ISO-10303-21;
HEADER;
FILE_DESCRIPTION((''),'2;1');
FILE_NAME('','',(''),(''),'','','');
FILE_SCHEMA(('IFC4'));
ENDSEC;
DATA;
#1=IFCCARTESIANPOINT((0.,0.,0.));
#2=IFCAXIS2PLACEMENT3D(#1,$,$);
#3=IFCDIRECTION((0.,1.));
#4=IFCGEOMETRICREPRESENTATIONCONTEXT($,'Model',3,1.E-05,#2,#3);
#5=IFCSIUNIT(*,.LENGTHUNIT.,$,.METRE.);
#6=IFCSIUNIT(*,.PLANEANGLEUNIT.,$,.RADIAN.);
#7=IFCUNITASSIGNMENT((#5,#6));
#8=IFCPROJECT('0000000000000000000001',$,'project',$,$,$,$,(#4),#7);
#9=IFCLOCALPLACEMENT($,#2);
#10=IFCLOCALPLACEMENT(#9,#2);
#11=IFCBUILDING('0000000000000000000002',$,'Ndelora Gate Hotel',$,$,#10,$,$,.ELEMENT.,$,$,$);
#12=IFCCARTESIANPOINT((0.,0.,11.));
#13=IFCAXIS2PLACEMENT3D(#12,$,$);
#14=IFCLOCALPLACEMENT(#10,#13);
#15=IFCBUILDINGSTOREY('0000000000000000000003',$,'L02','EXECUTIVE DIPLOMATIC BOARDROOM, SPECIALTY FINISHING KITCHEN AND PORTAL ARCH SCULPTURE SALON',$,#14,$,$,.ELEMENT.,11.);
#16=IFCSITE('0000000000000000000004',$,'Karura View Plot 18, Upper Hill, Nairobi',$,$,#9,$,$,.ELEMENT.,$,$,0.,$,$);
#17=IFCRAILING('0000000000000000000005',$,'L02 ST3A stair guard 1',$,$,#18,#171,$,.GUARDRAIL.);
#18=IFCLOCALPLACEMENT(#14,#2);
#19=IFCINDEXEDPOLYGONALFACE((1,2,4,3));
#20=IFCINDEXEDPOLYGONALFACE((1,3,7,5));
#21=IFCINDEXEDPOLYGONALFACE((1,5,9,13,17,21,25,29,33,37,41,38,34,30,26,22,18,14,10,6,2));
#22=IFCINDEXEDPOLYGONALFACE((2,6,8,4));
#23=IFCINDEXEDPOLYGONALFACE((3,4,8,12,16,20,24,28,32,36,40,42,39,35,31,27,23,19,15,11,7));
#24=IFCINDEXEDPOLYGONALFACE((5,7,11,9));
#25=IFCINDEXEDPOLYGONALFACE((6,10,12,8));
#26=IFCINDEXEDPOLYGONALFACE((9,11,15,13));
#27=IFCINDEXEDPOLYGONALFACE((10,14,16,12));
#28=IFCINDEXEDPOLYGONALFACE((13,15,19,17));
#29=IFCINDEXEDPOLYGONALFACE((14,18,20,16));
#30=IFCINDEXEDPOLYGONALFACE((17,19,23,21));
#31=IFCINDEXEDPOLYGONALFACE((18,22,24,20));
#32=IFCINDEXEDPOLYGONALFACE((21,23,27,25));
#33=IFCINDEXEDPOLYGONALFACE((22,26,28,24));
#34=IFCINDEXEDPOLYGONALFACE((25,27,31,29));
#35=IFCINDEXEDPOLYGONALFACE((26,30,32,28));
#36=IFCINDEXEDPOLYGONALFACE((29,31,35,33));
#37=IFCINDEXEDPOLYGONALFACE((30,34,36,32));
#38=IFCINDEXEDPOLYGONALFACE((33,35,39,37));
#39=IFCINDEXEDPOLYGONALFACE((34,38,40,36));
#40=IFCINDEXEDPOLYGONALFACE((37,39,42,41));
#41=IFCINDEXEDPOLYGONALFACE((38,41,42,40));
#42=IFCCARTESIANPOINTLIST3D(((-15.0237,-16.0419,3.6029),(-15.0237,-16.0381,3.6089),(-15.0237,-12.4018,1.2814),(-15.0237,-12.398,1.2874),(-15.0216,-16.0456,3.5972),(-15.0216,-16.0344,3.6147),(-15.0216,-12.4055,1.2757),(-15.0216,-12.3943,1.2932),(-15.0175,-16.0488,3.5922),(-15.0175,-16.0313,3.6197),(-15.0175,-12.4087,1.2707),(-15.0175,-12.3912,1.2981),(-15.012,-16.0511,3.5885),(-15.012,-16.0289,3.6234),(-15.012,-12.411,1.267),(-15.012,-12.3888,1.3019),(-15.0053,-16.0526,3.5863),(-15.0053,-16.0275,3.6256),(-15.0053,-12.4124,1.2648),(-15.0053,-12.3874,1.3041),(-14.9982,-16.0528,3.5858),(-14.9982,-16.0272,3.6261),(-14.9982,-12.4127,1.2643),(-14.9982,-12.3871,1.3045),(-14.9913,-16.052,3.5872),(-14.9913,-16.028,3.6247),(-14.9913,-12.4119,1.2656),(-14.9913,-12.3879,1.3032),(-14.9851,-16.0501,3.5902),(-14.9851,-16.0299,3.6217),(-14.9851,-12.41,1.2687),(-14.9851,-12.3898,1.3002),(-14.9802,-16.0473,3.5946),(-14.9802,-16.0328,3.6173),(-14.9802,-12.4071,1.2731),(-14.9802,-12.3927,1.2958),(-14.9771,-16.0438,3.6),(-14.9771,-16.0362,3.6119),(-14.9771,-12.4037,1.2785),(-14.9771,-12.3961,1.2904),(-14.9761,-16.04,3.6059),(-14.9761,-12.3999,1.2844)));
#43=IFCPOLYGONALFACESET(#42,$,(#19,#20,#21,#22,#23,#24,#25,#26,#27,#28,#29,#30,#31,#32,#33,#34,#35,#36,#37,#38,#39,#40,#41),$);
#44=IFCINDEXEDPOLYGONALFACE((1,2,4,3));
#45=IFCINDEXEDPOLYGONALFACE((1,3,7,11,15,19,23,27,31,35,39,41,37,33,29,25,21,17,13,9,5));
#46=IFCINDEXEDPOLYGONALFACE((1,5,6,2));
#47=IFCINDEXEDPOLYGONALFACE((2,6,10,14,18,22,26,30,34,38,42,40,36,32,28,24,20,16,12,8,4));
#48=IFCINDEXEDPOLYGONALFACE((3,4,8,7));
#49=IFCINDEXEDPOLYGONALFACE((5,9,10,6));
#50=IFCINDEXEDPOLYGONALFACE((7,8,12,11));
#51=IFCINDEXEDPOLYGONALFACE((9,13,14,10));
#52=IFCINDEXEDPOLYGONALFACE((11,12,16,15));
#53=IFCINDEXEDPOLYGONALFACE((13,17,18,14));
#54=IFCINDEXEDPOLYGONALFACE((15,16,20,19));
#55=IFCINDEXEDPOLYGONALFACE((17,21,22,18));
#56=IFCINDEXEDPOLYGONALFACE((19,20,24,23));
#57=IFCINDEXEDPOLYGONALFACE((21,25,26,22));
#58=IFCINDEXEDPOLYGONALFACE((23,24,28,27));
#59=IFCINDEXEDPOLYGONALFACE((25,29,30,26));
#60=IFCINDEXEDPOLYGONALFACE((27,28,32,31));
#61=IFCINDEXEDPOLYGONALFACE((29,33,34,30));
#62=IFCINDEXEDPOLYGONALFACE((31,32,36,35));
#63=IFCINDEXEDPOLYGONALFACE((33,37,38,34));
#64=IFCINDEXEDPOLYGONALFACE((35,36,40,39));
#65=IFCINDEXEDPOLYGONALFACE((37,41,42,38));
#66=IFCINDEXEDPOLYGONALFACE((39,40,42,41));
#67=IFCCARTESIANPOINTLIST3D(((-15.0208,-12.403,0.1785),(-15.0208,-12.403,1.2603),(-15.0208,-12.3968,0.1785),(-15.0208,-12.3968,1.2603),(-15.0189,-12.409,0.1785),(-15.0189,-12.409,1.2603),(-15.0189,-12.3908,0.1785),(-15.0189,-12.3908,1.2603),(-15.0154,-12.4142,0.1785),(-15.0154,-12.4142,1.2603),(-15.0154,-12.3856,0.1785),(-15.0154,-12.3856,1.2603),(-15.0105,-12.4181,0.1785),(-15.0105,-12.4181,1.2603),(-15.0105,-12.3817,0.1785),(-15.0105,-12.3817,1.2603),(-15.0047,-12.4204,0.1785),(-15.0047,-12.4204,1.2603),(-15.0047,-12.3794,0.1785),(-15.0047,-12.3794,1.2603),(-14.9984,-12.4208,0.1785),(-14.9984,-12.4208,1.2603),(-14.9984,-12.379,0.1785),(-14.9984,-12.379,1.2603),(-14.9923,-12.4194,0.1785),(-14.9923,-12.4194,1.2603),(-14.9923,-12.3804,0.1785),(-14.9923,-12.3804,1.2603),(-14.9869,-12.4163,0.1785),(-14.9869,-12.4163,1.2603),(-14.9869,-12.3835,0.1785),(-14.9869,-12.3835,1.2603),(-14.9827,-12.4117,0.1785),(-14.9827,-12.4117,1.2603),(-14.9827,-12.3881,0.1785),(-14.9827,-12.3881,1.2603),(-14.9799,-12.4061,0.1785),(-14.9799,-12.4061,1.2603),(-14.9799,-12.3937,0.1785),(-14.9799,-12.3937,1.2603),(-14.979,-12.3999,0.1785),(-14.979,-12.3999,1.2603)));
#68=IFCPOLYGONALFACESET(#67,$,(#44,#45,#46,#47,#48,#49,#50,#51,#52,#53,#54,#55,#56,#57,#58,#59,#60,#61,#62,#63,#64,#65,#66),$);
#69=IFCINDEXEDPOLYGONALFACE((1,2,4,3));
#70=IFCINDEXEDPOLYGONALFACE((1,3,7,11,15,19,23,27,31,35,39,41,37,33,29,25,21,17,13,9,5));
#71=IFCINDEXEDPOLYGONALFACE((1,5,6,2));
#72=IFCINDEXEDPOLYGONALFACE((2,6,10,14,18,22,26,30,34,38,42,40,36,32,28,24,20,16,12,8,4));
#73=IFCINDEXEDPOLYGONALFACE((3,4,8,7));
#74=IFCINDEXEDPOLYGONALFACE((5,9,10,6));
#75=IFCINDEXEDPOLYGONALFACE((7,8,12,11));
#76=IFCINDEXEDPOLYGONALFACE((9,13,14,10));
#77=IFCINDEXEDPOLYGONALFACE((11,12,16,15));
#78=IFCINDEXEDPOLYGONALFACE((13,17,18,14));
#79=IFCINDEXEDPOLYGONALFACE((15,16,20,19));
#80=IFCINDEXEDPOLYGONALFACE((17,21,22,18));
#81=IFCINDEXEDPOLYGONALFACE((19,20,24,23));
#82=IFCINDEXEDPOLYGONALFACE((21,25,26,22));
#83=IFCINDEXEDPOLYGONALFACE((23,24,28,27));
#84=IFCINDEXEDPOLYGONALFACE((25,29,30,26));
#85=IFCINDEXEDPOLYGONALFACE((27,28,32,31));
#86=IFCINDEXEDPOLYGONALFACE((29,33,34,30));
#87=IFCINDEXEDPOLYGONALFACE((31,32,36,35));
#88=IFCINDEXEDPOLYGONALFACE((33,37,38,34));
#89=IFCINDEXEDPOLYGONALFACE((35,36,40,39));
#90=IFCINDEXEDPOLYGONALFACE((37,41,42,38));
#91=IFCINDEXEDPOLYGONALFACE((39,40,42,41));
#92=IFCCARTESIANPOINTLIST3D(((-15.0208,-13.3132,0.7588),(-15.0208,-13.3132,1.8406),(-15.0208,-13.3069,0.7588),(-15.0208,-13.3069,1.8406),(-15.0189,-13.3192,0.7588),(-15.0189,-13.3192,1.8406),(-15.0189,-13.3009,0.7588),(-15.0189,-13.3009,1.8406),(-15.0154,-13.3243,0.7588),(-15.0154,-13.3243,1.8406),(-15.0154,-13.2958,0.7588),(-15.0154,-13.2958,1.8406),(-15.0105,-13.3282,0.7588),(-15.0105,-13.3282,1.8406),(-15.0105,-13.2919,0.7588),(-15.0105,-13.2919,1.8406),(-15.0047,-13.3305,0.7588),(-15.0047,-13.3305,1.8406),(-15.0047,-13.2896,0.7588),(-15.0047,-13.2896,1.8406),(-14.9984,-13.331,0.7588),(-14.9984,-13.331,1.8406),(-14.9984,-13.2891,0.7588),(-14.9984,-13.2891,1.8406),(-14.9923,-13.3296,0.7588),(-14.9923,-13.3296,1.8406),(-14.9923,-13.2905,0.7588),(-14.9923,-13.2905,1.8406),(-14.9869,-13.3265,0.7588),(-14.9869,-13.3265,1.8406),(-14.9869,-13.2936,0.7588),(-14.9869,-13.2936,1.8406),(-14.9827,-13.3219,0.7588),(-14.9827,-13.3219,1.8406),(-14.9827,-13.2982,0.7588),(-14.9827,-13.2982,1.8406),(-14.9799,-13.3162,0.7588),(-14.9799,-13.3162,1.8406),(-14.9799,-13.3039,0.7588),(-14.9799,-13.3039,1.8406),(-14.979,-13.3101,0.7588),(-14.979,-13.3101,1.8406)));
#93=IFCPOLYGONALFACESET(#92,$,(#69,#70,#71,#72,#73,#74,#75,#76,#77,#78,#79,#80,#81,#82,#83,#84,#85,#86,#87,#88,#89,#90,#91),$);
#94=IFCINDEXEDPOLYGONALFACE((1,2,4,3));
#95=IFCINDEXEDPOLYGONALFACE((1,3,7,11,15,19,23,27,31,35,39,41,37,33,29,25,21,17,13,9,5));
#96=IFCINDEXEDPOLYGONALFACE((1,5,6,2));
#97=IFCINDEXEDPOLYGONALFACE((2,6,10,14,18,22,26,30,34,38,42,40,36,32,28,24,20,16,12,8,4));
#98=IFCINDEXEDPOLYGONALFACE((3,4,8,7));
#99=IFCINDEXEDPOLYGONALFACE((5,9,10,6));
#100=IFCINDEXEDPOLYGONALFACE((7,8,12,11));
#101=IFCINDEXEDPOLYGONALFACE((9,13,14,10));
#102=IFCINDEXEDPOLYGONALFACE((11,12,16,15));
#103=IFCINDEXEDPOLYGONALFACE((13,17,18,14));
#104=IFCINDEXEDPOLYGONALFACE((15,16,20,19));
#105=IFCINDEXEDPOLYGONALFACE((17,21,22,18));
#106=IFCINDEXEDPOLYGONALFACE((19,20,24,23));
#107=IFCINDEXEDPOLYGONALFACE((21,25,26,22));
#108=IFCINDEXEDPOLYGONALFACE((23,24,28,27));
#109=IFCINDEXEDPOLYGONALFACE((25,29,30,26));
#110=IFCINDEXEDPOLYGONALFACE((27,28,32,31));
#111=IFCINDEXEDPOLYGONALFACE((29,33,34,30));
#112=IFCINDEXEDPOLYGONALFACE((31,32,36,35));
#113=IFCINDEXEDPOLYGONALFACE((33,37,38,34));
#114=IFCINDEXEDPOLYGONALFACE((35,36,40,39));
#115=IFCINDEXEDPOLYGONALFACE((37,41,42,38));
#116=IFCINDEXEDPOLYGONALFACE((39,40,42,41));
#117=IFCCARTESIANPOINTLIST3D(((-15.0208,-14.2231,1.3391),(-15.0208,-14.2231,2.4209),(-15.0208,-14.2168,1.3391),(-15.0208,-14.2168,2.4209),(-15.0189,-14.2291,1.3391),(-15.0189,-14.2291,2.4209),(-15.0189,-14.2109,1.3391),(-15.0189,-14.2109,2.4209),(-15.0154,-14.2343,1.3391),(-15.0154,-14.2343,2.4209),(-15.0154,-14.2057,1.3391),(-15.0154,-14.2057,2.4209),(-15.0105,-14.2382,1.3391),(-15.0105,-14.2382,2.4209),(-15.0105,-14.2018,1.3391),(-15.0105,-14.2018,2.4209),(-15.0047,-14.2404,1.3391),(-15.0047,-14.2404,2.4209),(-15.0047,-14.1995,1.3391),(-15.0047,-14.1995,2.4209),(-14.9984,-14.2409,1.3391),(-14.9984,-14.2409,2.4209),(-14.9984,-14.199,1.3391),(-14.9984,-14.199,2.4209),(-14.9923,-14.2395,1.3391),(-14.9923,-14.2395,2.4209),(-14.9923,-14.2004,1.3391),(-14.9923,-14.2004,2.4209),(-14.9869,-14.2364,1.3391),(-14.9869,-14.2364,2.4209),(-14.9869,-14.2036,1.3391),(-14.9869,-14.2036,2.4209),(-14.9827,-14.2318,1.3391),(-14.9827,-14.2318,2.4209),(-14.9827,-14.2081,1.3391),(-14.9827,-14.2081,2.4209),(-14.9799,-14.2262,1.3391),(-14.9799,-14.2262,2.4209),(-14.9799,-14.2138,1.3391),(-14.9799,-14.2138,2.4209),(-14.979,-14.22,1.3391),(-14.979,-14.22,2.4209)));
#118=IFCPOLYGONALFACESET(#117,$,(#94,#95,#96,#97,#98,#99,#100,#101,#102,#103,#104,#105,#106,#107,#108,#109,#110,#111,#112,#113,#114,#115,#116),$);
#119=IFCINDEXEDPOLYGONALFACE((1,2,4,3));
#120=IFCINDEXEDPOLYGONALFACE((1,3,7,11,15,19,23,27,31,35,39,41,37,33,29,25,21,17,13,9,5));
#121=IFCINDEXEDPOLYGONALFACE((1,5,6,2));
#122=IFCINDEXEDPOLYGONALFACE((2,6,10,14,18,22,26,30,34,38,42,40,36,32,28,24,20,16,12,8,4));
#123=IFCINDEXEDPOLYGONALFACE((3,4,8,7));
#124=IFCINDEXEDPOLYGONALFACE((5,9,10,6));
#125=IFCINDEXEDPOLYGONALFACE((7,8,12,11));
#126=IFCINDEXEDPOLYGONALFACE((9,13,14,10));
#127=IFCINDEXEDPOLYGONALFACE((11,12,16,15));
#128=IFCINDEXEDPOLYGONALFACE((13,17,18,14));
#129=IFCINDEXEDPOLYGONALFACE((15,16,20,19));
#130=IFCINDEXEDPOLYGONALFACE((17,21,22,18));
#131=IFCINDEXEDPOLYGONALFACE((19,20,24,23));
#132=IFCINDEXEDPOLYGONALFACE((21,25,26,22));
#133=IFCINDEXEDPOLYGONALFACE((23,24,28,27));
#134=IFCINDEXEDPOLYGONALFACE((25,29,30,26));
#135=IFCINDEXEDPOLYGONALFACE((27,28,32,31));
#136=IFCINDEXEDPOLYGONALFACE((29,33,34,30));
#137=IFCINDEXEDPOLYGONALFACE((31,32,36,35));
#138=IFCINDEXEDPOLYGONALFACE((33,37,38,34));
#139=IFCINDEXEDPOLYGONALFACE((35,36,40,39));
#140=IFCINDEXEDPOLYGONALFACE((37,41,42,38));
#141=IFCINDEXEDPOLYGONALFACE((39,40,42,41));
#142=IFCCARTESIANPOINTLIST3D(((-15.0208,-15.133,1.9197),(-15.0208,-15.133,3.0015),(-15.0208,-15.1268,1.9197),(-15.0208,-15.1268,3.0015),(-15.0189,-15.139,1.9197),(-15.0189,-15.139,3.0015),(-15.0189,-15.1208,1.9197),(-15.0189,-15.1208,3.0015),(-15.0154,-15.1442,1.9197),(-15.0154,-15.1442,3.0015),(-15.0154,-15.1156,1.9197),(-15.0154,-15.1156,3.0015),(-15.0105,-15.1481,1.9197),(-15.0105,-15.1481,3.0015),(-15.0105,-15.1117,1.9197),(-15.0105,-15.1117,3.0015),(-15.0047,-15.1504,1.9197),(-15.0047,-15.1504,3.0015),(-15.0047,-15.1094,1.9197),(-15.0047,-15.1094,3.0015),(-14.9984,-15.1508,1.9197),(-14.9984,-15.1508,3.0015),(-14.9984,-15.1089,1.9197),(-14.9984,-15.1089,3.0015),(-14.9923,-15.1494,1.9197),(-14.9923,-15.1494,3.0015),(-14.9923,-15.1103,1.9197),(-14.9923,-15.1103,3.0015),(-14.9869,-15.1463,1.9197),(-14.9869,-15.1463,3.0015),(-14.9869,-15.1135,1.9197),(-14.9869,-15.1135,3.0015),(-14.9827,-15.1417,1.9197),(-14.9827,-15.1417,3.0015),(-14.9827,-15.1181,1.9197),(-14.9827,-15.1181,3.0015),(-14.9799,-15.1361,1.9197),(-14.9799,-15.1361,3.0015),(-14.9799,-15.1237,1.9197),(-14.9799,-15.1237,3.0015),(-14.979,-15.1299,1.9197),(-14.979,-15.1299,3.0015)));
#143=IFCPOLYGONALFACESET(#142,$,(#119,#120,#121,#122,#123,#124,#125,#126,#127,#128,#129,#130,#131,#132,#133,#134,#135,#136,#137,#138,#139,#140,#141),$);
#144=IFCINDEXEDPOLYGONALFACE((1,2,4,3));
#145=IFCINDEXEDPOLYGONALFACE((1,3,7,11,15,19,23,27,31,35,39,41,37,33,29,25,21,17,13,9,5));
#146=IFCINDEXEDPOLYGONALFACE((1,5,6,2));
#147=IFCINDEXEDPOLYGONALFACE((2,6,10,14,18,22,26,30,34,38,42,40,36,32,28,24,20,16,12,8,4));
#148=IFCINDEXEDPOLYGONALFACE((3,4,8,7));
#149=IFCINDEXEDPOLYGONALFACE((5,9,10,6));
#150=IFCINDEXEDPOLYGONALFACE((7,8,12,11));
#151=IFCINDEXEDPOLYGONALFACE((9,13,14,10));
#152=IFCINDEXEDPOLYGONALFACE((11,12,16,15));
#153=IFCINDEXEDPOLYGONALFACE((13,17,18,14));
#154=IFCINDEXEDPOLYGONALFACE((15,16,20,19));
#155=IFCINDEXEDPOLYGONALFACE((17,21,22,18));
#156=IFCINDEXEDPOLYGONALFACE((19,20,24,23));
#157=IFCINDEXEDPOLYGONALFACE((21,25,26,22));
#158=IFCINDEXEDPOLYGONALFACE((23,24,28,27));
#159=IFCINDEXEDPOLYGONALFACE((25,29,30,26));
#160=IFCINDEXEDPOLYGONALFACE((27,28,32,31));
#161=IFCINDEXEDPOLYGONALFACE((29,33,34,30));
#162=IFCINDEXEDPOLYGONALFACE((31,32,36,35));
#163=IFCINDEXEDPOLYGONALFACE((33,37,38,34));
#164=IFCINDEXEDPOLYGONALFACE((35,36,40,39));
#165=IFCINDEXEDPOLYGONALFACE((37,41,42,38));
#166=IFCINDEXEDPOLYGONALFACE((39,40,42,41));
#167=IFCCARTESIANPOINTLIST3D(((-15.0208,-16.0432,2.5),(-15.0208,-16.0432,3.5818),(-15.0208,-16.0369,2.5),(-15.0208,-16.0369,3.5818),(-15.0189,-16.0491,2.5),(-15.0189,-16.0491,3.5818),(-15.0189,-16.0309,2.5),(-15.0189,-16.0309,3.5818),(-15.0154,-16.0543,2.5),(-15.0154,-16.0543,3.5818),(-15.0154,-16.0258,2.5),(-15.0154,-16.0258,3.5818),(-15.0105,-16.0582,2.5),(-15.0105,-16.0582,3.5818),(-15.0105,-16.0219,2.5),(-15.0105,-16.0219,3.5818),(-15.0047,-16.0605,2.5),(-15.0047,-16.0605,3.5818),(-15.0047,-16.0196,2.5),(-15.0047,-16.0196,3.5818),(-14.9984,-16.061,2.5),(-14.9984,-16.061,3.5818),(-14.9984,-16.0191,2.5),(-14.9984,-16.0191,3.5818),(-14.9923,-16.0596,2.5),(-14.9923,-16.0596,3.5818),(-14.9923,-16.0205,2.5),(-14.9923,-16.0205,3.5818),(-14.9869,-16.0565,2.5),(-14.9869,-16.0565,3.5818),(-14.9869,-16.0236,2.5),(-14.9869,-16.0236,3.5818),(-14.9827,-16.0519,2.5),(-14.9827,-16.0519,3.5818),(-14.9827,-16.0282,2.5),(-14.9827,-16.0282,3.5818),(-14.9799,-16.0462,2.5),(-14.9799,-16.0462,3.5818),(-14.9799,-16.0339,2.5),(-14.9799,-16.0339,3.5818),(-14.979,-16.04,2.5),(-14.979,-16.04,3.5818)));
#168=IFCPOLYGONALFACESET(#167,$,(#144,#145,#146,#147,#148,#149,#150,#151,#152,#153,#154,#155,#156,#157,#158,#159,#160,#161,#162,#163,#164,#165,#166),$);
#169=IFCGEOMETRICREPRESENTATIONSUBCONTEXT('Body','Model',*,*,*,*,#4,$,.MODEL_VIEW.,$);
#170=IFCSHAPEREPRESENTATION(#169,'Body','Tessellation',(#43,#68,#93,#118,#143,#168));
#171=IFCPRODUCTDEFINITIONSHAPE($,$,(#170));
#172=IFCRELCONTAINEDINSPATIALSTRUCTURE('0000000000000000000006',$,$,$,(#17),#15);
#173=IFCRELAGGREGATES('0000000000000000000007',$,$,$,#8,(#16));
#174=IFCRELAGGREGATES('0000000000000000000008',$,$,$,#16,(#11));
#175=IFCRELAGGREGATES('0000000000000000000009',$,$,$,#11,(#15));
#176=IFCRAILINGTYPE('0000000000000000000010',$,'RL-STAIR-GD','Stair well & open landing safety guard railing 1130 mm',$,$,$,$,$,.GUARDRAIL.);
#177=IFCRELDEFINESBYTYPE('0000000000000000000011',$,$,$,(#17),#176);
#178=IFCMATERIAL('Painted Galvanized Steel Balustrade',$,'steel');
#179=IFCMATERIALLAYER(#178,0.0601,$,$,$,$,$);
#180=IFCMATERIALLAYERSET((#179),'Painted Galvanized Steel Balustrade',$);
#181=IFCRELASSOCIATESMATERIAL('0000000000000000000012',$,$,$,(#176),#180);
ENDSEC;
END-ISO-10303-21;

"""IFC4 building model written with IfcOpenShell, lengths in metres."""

from ifc_helpers import new_model, si_unit, direction, frame, origin, origin_2d, place, context, subcontext, project, spatial, circle, extrude, material, layer, layer_set, type_object, element, save


model = new_model("IFC4")

# Units and contexts
model_context = context("Model", 3, precision=1e-05, world=origin(), true_north=direction((0.0, 1.0)))
body_context = subcontext(model_context, "Body", "Model", "MODEL_VIEW")
ifc_project = project(units=[si_unit("LENGTHUNIT", "METRE"), si_unit("PLANEANGLEUNIT", "RADIAN")], contexts=[model_context])

# Site, building, storey
site_placement = place(None, origin())
site = spatial("IfcSite", under=ifc_project, at=site_placement, Name="Karura View Plot 18, Upper Hill, Nairobi", CompositionType="ELEMENT", RefElevation=0.0)
building_placement = place(site_placement, origin())
building = spatial("IfcBuilding", under=site, at=building_placement, Name="Ndelora Gate Hotel", CompositionType="ELEMENT")
storey_placement = place(building_placement, frame((0.0, 0.0, 11.0)))
storey = spatial("IfcBuildingStorey", under=building, at=storey_placement, Name="L02", Description="EXECUTIVE DIPLOMATIC BOARDROOM, SPECIALTY FINISHING KITCHEN AND PORTAL ARCH SCULPTURE SALON", CompositionType="ELEMENT", Elevation=11.0)

# Railing
ifc_material_1 = material(Name="Painted Galvanized Steel Balustrade", Category="steel")
ifc_layer_1 = layer(ifc_material_1, 0.0601)
ifc_layer_set_1 = layer_set([ifc_layer_1], Name="Painted Galvanized Steel Balustrade")
railing_type_1 = type_object("IfcRailingType", Name="RL-STAIR-GD", Description="Stair well & open landing safety guard railing 1130 mm", PredefinedType="GUARDRAIL", material=ifc_layer_set_1)
railing_1_placement = place(storey_placement, frame((-15.0, -12.3999, 0.1785)))
element("IfcRailing", 1, at=railing_1_placement, inside=storey, type_object=railing_type_1, Name="L02 ST3A stair guard 1", PredefinedType="GUARDRAIL", context=body_context, shape_type="SweptSolid", body=[
    extrude(circle(Radius=0.0239, at=origin_2d()), frame((0.0, 0.0, 1.106), z_axis=(0.0, -0.843128, 0.537713), x_axis=(1.0, 0.0, 0.0)), (0.0, 0.0, 1.0), 4.3174),
    extrude(circle(Radius=0.021, at=origin_2d()), origin(), (0.0, 0.0, 1.0), 1.0818),
    extrude(circle(Radius=0.021, at=origin_2d()), frame((0.0, -0.9102, 0.5803)), (0.0, 0.0, 1.0), 1.0818),
    extrude(circle(Radius=0.021, at=origin_2d()), frame((0.0, -1.8201, 1.1606)), (0.0, 0.0, 1.0), 1.0818),
    extrude(circle(Radius=0.021, at=origin_2d()), frame((0.0, -2.73, 1.7412)), (0.0, 0.0, 1.0), 1.0818),
    extrude(circle(Radius=0.021, at=origin_2d()), frame((0.0, -3.6401, 2.3215)), (0.0, 0.0, 1.0), 1.0818),
])

save(model, "model.ifc")
